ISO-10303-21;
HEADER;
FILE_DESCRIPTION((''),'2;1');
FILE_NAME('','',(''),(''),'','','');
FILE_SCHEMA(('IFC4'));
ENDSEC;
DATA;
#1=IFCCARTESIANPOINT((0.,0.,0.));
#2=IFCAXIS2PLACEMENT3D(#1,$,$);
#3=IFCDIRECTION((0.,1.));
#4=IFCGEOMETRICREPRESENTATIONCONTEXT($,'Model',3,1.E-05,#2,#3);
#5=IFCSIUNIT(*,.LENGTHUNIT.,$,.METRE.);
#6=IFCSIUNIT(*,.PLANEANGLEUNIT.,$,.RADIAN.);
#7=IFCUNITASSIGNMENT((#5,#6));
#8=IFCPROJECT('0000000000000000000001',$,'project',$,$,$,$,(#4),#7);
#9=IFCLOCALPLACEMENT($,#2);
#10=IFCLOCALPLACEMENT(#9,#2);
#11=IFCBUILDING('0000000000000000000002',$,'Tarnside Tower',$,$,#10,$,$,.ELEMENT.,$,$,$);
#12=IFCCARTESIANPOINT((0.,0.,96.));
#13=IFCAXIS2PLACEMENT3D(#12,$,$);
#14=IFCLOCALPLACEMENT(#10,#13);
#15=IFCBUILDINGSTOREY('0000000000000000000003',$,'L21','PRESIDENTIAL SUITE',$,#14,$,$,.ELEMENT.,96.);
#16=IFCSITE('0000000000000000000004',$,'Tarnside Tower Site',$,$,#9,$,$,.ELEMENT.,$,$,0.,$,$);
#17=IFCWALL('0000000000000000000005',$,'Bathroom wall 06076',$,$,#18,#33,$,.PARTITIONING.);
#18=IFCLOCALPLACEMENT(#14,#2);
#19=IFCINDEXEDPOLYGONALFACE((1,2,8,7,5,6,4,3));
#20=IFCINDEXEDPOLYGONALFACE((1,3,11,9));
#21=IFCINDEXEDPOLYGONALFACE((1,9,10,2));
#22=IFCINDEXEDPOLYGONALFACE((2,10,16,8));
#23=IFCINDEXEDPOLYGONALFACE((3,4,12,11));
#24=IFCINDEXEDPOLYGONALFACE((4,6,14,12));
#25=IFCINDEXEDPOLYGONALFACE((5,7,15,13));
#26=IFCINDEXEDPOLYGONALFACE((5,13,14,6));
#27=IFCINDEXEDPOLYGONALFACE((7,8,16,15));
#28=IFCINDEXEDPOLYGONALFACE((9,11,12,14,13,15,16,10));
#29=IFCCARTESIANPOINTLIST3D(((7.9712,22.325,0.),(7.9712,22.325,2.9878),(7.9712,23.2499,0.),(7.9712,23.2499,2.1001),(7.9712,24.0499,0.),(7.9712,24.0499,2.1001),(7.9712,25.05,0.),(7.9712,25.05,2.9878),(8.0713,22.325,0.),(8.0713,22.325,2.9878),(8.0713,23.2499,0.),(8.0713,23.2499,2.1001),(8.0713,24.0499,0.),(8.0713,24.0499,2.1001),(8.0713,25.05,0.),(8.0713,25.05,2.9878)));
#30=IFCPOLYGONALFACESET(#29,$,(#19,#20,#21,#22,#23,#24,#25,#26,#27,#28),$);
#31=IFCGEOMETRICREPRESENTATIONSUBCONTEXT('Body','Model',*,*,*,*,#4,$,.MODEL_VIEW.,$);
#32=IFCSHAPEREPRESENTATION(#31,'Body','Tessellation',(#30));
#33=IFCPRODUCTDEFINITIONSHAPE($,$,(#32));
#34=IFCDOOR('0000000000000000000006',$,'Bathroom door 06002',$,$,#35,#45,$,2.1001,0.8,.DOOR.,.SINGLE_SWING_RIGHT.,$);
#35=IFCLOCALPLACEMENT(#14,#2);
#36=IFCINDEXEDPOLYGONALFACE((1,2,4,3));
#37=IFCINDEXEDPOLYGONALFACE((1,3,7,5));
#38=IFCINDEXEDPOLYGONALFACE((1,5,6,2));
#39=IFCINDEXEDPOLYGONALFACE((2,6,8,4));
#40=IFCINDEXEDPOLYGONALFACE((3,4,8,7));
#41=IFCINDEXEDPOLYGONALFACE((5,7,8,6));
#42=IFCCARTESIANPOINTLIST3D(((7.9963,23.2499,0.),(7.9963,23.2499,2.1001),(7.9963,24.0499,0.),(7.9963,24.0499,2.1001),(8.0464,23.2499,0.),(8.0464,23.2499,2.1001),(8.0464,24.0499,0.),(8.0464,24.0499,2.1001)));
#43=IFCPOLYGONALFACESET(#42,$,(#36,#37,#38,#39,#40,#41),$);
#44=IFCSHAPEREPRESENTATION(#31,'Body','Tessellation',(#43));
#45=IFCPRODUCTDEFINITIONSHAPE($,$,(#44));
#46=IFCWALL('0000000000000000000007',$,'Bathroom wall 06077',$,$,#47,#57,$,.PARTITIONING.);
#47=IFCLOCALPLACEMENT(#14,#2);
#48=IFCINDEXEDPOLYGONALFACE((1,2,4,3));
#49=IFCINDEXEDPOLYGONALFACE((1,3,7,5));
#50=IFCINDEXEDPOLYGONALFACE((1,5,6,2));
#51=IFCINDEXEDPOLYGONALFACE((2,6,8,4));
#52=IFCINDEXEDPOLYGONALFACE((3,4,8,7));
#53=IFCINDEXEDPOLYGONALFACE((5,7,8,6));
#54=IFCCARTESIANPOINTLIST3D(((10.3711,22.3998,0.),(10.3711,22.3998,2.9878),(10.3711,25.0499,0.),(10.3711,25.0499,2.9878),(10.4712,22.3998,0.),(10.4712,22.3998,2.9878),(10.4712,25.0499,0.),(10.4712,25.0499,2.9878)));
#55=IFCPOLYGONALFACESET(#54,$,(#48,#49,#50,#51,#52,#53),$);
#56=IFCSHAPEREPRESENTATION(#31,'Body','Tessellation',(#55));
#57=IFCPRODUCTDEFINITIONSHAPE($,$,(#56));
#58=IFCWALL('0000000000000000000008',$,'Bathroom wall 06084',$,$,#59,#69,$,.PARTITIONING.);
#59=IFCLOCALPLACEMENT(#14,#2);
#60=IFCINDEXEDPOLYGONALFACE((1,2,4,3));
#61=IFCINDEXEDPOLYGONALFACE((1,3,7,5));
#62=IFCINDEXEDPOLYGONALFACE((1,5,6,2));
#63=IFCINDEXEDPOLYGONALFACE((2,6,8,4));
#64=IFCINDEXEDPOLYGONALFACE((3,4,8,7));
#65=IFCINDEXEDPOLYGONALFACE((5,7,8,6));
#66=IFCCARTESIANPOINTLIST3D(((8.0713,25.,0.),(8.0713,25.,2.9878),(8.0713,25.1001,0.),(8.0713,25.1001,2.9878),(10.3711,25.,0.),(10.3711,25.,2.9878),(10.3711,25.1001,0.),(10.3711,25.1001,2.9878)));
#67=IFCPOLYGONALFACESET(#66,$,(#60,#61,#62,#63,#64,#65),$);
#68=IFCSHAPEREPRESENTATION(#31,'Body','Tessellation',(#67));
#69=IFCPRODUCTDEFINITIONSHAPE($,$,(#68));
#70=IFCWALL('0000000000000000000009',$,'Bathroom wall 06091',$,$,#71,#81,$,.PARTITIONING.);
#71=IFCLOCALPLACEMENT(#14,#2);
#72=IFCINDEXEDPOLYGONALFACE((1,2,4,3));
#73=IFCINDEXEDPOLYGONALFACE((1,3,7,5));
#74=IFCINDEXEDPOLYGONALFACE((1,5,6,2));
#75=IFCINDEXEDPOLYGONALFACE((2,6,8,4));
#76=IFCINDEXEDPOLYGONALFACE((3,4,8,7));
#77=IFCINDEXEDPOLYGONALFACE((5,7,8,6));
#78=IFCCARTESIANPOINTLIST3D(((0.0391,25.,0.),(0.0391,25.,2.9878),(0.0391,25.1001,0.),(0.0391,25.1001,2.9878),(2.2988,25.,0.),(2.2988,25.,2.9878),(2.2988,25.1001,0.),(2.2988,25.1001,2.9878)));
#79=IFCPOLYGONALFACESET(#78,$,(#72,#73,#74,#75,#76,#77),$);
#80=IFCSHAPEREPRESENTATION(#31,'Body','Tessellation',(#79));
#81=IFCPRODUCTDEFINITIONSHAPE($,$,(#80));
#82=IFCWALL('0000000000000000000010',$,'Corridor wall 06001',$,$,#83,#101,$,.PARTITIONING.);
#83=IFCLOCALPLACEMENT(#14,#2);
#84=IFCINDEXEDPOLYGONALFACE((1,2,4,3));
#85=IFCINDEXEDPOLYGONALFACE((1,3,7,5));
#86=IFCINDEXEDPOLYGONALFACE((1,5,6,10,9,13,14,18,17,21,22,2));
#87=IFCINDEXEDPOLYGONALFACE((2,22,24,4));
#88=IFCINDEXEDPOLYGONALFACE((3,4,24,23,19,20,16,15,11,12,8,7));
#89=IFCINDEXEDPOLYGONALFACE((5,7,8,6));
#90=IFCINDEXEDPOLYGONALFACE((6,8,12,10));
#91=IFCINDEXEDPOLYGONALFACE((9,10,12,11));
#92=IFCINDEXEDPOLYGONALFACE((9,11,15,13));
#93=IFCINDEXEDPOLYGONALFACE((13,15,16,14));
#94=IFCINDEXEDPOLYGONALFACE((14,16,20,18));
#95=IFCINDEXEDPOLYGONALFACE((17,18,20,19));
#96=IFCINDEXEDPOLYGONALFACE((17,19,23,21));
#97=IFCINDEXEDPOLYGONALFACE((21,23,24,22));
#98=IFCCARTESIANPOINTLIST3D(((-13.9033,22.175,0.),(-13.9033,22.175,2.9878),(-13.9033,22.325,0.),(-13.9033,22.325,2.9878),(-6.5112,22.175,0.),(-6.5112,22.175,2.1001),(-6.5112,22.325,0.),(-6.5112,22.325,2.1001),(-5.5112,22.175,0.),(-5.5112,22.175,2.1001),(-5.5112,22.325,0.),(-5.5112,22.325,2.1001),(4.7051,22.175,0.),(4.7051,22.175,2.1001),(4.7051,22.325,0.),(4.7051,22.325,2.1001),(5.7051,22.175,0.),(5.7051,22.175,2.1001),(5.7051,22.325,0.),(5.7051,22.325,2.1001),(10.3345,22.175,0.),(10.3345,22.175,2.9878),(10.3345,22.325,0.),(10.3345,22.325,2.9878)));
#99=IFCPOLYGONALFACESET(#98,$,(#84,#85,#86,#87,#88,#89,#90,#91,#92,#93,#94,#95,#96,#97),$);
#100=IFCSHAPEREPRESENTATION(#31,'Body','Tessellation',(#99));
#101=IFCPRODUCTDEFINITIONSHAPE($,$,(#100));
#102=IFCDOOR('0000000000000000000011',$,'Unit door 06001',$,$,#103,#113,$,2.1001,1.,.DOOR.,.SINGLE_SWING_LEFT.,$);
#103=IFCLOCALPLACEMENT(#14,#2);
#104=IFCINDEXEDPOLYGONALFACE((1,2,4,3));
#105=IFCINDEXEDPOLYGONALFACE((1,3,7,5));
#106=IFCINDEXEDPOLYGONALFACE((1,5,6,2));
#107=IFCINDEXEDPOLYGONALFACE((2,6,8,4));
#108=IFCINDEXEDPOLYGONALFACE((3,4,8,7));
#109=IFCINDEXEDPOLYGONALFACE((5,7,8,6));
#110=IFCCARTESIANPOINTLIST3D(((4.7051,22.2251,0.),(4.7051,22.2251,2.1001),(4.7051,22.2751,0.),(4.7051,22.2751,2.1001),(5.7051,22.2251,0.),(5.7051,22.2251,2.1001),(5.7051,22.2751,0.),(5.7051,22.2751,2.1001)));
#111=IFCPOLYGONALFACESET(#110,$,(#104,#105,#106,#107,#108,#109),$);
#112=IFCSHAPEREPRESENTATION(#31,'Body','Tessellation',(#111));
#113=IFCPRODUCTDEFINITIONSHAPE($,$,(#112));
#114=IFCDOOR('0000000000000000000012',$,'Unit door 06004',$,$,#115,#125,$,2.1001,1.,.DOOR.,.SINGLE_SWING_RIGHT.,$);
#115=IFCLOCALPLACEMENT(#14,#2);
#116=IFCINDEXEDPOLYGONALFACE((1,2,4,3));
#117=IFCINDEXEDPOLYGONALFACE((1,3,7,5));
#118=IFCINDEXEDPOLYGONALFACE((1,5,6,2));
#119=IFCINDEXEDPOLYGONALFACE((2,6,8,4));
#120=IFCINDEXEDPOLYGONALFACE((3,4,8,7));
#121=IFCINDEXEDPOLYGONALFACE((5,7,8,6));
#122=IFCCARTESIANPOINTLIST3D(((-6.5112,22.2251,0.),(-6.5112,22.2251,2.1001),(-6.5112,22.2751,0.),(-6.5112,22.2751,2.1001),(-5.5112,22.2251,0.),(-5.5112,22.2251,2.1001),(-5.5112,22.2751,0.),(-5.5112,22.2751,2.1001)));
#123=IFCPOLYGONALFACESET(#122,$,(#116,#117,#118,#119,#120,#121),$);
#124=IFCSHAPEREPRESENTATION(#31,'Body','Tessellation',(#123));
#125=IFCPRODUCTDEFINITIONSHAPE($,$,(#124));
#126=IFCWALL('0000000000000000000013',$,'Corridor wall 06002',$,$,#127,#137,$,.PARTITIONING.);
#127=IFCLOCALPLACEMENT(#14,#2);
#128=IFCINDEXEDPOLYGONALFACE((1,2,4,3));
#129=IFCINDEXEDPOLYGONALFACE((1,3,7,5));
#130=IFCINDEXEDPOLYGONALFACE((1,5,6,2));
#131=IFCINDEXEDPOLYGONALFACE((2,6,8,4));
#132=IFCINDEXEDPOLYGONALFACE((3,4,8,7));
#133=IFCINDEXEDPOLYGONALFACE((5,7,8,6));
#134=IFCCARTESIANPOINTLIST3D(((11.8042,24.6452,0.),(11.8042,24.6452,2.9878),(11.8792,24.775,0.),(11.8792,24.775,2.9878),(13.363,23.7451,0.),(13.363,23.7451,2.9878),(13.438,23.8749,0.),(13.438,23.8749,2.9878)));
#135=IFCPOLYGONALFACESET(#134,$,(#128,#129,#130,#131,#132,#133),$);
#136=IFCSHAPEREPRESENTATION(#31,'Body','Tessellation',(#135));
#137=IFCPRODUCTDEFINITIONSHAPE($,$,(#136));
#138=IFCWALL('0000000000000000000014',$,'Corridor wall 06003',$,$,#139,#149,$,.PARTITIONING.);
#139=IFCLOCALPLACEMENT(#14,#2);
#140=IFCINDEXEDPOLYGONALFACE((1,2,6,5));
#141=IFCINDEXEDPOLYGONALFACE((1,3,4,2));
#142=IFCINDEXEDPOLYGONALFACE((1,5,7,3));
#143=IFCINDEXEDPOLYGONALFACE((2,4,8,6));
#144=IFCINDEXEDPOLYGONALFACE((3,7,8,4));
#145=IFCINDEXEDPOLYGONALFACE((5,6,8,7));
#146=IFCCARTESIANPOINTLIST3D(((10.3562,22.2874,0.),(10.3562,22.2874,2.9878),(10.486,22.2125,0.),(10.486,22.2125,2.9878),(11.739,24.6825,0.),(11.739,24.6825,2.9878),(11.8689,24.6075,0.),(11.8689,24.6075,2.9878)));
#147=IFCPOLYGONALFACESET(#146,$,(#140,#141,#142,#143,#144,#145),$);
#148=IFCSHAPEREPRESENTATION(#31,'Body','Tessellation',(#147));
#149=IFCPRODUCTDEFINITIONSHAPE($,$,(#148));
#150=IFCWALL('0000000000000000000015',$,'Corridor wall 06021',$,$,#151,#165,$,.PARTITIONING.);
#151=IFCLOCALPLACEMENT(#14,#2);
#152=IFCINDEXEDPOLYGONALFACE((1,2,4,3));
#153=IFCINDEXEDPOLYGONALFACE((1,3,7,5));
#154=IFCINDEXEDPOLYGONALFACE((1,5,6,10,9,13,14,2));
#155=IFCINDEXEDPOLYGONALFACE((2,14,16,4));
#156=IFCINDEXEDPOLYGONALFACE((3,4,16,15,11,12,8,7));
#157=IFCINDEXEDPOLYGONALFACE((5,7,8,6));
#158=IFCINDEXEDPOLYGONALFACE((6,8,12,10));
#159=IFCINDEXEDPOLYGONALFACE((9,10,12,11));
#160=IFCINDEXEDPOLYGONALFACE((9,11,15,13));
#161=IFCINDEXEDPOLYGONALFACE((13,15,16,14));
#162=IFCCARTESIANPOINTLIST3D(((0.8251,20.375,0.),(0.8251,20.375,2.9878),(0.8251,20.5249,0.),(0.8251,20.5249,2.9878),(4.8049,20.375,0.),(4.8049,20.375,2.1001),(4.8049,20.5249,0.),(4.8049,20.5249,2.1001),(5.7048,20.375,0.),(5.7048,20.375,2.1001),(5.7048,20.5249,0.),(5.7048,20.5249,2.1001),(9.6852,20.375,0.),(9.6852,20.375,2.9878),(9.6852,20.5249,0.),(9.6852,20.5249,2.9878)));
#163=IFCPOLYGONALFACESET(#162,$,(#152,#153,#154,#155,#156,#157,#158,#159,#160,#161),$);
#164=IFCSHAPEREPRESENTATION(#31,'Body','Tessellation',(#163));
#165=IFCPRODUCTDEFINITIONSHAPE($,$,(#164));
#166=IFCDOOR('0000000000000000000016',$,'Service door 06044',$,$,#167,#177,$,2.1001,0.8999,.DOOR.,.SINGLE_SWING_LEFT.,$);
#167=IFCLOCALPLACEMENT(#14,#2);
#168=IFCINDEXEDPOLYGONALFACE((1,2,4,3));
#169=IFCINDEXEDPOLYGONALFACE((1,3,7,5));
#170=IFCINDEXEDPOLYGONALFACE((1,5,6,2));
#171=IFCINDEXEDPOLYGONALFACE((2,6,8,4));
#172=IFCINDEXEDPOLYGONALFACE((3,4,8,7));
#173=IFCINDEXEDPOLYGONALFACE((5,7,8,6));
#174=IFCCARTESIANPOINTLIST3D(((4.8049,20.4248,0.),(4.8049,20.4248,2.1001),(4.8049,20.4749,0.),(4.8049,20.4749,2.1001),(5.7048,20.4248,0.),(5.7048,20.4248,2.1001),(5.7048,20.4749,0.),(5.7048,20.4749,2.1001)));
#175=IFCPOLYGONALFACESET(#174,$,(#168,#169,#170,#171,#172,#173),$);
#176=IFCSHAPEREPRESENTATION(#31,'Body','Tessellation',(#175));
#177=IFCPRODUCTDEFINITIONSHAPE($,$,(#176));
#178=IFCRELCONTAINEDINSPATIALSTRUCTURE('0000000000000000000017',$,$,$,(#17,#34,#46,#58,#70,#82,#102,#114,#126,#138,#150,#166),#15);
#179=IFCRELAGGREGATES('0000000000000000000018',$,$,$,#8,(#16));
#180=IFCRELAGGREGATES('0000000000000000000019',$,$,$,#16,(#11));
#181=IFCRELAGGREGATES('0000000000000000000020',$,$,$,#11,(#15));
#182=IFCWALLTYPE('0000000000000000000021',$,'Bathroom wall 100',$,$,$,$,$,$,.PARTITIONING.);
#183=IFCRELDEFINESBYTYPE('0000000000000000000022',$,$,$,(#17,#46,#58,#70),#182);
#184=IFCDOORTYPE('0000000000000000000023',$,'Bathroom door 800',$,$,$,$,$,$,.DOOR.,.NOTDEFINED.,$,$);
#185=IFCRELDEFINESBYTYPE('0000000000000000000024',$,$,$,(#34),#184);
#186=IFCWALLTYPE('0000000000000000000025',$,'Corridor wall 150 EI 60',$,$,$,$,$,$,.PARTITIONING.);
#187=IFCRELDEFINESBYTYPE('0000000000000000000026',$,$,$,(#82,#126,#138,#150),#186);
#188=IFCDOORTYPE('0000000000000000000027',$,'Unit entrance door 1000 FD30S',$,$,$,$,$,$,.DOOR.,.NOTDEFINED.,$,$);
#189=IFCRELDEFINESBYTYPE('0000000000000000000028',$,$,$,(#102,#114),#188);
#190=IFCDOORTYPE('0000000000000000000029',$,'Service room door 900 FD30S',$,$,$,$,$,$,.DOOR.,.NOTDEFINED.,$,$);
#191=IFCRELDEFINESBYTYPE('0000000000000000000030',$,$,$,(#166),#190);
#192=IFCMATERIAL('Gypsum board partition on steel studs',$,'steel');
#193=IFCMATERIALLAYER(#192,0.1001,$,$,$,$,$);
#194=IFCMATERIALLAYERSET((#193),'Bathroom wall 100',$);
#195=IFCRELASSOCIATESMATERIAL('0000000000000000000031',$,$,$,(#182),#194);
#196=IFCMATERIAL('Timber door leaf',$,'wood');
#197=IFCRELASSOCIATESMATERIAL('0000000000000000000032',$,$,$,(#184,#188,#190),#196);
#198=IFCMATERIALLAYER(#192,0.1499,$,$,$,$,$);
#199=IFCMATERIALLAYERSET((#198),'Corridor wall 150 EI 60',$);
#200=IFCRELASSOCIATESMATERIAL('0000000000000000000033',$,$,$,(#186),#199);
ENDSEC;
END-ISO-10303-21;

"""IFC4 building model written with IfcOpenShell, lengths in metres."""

from ifc_helpers import new_model, si_unit, direction, frame, frame_2d, origin, place, context, subcontext, project, spatial, rectangle, extrude, material, layer, layer_set, type_object, element, fill, save


model = new_model("IFC4")

# Units and contexts
model_context = context("Model", 3, precision=1e-05, world=origin(), true_north=direction((0.0, 1.0)))
body_context = subcontext(model_context, "Body", "Model", "MODEL_VIEW")
ifc_project = project(units=[si_unit("LENGTHUNIT", "METRE"), si_unit("PLANEANGLEUNIT", "RADIAN")], contexts=[model_context])

# Site, building, storey
site_placement = place(None, origin())
site = spatial("IfcSite", under=ifc_project, at=site_placement, Name="Tarnside Tower Site", CompositionType="ELEMENT", RefElevation=0.0)
building_placement = place(site_placement, origin())
building = spatial("IfcBuilding", under=site, at=building_placement, Name="Tarnside Tower", CompositionType="ELEMENT")
storey_placement = place(building_placement, frame((0.0, 0.0, 96.0)))
storey = spatial("IfcBuildingStorey", under=building, at=storey_placement, Name="L21", Description="PRESIDENTIAL SUITE", CompositionType="ELEMENT", Elevation=96.0)

# Wall, opening, door
ifc_material_1 = material(Name="Gypsum board partition on steel studs", Category="steel")
ifc_layer_1 = layer(ifc_material_1, 0.1001)
ifc_layer_set_1 = layer_set([ifc_layer_1], Name="Bathroom wall 100")
wall_type_1 = type_object("IfcWallType", Name="Bathroom wall 100", PredefinedType="PARTITIONING", material=ifc_layer_set_1)
wall_1_placement = place(storey_placement, frame((8.0212, 22.325, 0.0), z_axis=(0.0, 0.0, 1.0), x_axis=(0.0, 1.0, 0.0)))
wall_1 = element("IfcWall", 1, at=wall_1_placement, inside=storey, type_object=wall_type_1, Name="Bathroom wall 06076", PredefinedType="PARTITIONING", context=body_context, shape_type="SweptSolid", body=[
    extrude(rectangle(XDim=2.7251, YDim=0.1001, at=frame_2d((1.3625, 0.0))), origin(), (0.0, 0.0, 1.0), 2.9878),
])
opening_1_placement = place(wall_1_placement, frame((0.925, 0.0, 0.0)))
opening_1 = element("IfcOpeningElement", 2, at=opening_1_placement, cuts=wall_1, PredefinedType="OPENING", context=body_context, shape_type="SweptSolid", body=[
    extrude(rectangle(XDim=0.8, YDim=2.1001, at=frame_2d((0.3999, 1.05))), frame((0.0, 0.0601, 0.0), z_axis=(0.0, -1.0, 0.0), x_axis=(1.0, 0.0, 0.0)), (0.0, 0.0, 1.0), 0.1201),
])
ifc_material_2 = material(Name="Timber door leaf", Category="wood")
door_type_1 = type_object("IfcDoorType", Name="Bathroom door 800", OperationType="NOTDEFINED", PredefinedType="DOOR", material=ifc_material_2)
door_1_placement = place(opening_1_placement, origin())
door_1 = element("IfcDoor", 3, at=door_1_placement, inside=storey, type_object=door_type_1, Name="Bathroom door 06002", OperationType="SINGLE_SWING_RIGHT", OverallHeight=2.1001, OverallWidth=0.8, PredefinedType="DOOR", context=body_context, shape_type="SweptSolid", body=[
    extrude(rectangle(XDim=0.8, YDim=2.1001, at=frame_2d((0.3999, 1.05))), frame((0.0, 0.0249, 0.0), z_axis=(0.0, -1.0, 0.0), x_axis=(1.0, 0.0, 0.0)), (0.0, 0.0, 1.0), 0.05),
])
fill(opening_1, door_1)

# Walls
wall_2_placement = place(storey_placement, frame((10.4211, 25.05, 0.0), z_axis=(0.0, 0.0, 1.0), x_axis=(0.0, -1.0, 0.0)))
element("IfcWall", 4, at=wall_2_placement, inside=storey, type_object=wall_type_1, Name="Bathroom wall 06077", PredefinedType="PARTITIONING", context=body_context, shape_type="SweptSolid", body=[
    extrude(rectangle(XDim=2.6501, YDim=0.1001, at=frame_2d((1.3252, 0.0))), origin(), (0.0, 0.0, 1.0), 2.9878),
])
wall_3_placement = place(storey_placement, frame((10.3711, 25.05, 0.0), z_axis=(0.0, 0.0, 1.0), x_axis=(-1.0, 0.0, 0.0)))
element("IfcWall", 5, at=wall_3_placement, inside=storey, type_object=wall_type_1, Name="Bathroom wall 06084", PredefinedType="PARTITIONING", context=body_context, shape_type="SweptSolid", body=[
    extrude(rectangle(XDim=2.2998, YDim=0.1001, at=frame_2d((1.1499, 0.0))), origin(), (0.0, 0.0, 1.0), 2.9878),
])
wall_4_placement = place(storey_placement, frame((2.2988, 25.05, 0.0), z_axis=(0.0, 0.0, 1.0), x_axis=(-1.0, 0.0, 0.0)))
element("IfcWall", 6, at=wall_4_placement, inside=storey, type_object=wall_type_1, Name="Bathroom wall 06091", PredefinedType="PARTITIONING", context=body_context, shape_type="SweptSolid", body=[
    extrude(rectangle(XDim=2.2598, YDim=0.1001, at=frame_2d((1.1299, 0.0))), origin(), (0.0, 0.0, 1.0), 2.9878),
])

# Wall, openings, doors
ifc_layer_2 = layer(ifc_material_1, 0.1499)
ifc_layer_set_2 = layer_set([ifc_layer_2], Name="Corridor wall 150 EI 60")
wall_type_2 = type_object("IfcWallType", Name="Corridor wall 150 EI 60", PredefinedType="PARTITIONING", material=ifc_layer_set_2)
wall_5_placement = place(storey_placement, frame((10.3345, 22.25, 0.0), z_axis=(0.0, 0.0, 1.0), x_axis=(-1.0, 0.0, 0.0)))
wall_5 = element("IfcWall", 7, at=wall_5_placement, inside=storey, type_object=wall_type_2, Name="Corridor wall 06001", PredefinedType="PARTITIONING", context=body_context, shape_type="SweptSolid", body=[
    extrude(rectangle(XDim=24.2378, YDim=0.1499, at=frame_2d((12.1189, 0.0))), origin(), (0.0, 0.0, 1.0), 2.9878),
])
opening_2_placement = place(wall_5_placement, frame((4.6294, 0.0, 0.0)))
opening_2 = element("IfcOpeningElement", 8, at=opening_2_placement, cuts=wall_5, PredefinedType="OPENING", context=body_context, shape_type="SweptSolid", body=[
    extrude(rectangle(XDim=1.0, YDim=2.1001, at=frame_2d((0.5, 1.05))), frame((0.0, 0.085, 0.0), z_axis=(0.0, -1.0, 0.0), x_axis=(1.0, 0.0, 0.0)), (0.0, 0.0, 1.0), 0.1699),
])
opening_3_placement = place(wall_5_placement, frame((15.8457, 0.0, 0.0)))
opening_3 = element("IfcOpeningElement", 9, at=opening_3_placement, cuts=wall_5, PredefinedType="OPENING", context=body_context, shape_type="SweptSolid", body=[
    extrude(rectangle(XDim=1.0, YDim=2.1001, at=frame_2d((0.5, 1.05))), frame((0.0, 0.085, 0.0), z_axis=(0.0, -1.0, 0.0), x_axis=(1.0, 0.0, 0.0)), (0.0, 0.0, 1.0), 0.1699),
])
door_type_2 = type_object("IfcDoorType", Name="Unit entrance door 1000 FD30S", OperationType="NOTDEFINED", PredefinedType="DOOR", material=ifc_material_2)
door_2_placement = place(opening_2_placement, origin())
door_2 = element("IfcDoor", 10, at=door_2_placement, inside=storey, type_object=door_type_2, Name="Unit door 06001", OperationType="SINGLE_SWING_LEFT", OverallHeight=2.1001, OverallWidth=1.0, PredefinedType="DOOR", context=body_context, shape_type="SweptSolid", body=[
    extrude(rectangle(XDim=1.0, YDim=2.1001, at=frame_2d((0.5, 1.05))), frame((0.0, 0.0249, 0.0), z_axis=(0.0, -1.0, 0.0), x_axis=(1.0, 0.0, 0.0)), (0.0, 0.0, 1.0), 0.05),
])
fill(opening_2, door_2)
door_3_placement = place(opening_3_placement, origin())
door_3 = element("IfcDoor", 11, at=door_3_placement, inside=storey, type_object=door_type_2, Name="Unit door 06004", OperationType="SINGLE_SWING_RIGHT", OverallHeight=2.1001, OverallWidth=1.0, PredefinedType="DOOR", context=body_context, shape_type="SweptSolid", body=[
    extrude(rectangle(XDim=1.0, YDim=2.1001, at=frame_2d((0.5, 1.05))), frame((0.0, 0.0249, 0.0), z_axis=(0.0, -1.0, 0.0), x_axis=(1.0, 0.0, 0.0)), (0.0, 0.0, 1.0), 0.05),
])
fill(opening_3, door_3)

# Walls
wall_6_placement = place(storey_placement, frame((13.4004, 23.8101, 0.0), z_axis=(0.0, 0.0, 1.0), x_axis=(-0.865989, 0.500063, 0.0)))
element("IfcWall", 12, at=wall_6_placement, inside=storey, type_object=wall_type_2, Name="Corridor wall 06002", PredefinedType="PARTITIONING", context=body_context, shape_type="SweptSolid", body=[
    extrude(rectangle(XDim=1.8, YDim=0.1499, at=frame_2d((0.8999, 0.0))), origin(), (0.0, 0.0, 1.0), 2.9878),
])
wall_7_placement = place(storey_placement, frame((11.804, 24.645, 0.0), z_axis=(0.0, 0.0, 1.0), x_axis=(-0.500013, -0.866018, 0.0)))
element("IfcWall", 13, at=wall_7_placement, inside=storey, type_object=wall_type_2, Name="Corridor wall 06003", PredefinedType="PARTITIONING", context=body_context, shape_type="SweptSolid", body=[
    extrude(rectangle(XDim=2.7656, YDim=0.1499, at=frame_2d((1.3828, 0.0))), origin(), (0.0, 0.0, 1.0), 2.9878),
])

# Wall, opening, door
wall_8_placement = place(storey_placement, frame((0.825, 20.45, 0.0), z_axis=(0.0, 0.0, 1.0), x_axis=(1.0, 0.0, 0.0)))
wall_8 = element("IfcWall", 14, at=wall_8_placement, inside=storey, type_object=wall_type_2, Name="Corridor wall 06021", PredefinedType="PARTITIONING", context=body_context, shape_type="SweptSolid", body=[
    extrude(rectangle(XDim=8.8601, YDim=0.1499, at=frame_2d((4.4302, 0.0))), origin(), (0.0, 0.0, 1.0), 2.9878),
])
opening_4_placement = place(wall_8_placement, frame((3.98, 0.0, 0.0)))
opening_4 = element("IfcOpeningElement", 15, at=opening_4_placement, cuts=wall_8, PredefinedType="OPENING", context=body_context, shape_type="SweptSolid", body=[
    extrude(rectangle(XDim=0.8999, YDim=2.1001, at=frame_2d((0.45, 1.05))), frame((0.0, 0.085, 0.0), z_axis=(0.0, -1.0, 0.0), x_axis=(1.0, 0.0, 0.0)), (0.0, 0.0, 1.0), 0.1699),
])
door_type_3 = type_object("IfcDoorType", Name="Service room door 900 FD30S", OperationType="NOTDEFINED", PredefinedType="DOOR", material=ifc_material_2)
door_4_placement = place(opening_4_placement, origin())
door_4 = element("IfcDoor", 16, at=door_4_placement, inside=storey, type_object=door_type_3, Name="Service door 06044", OperationType="SINGLE_SWING_LEFT", OverallHeight=2.1001, OverallWidth=0.8999, PredefinedType="DOOR", context=body_context, shape_type="SweptSolid", body=[
    extrude(rectangle(XDim=0.8999, YDim=2.1001, at=frame_2d((0.45, 1.05))), frame((0.0, 0.0249, 0.0), z_axis=(0.0, -1.0, 0.0), x_axis=(1.0, 0.0, 0.0)), (0.0, 0.0, 1.0), 0.05),
])
fill(opening_4, door_4)

save(model, "model.ifc")
